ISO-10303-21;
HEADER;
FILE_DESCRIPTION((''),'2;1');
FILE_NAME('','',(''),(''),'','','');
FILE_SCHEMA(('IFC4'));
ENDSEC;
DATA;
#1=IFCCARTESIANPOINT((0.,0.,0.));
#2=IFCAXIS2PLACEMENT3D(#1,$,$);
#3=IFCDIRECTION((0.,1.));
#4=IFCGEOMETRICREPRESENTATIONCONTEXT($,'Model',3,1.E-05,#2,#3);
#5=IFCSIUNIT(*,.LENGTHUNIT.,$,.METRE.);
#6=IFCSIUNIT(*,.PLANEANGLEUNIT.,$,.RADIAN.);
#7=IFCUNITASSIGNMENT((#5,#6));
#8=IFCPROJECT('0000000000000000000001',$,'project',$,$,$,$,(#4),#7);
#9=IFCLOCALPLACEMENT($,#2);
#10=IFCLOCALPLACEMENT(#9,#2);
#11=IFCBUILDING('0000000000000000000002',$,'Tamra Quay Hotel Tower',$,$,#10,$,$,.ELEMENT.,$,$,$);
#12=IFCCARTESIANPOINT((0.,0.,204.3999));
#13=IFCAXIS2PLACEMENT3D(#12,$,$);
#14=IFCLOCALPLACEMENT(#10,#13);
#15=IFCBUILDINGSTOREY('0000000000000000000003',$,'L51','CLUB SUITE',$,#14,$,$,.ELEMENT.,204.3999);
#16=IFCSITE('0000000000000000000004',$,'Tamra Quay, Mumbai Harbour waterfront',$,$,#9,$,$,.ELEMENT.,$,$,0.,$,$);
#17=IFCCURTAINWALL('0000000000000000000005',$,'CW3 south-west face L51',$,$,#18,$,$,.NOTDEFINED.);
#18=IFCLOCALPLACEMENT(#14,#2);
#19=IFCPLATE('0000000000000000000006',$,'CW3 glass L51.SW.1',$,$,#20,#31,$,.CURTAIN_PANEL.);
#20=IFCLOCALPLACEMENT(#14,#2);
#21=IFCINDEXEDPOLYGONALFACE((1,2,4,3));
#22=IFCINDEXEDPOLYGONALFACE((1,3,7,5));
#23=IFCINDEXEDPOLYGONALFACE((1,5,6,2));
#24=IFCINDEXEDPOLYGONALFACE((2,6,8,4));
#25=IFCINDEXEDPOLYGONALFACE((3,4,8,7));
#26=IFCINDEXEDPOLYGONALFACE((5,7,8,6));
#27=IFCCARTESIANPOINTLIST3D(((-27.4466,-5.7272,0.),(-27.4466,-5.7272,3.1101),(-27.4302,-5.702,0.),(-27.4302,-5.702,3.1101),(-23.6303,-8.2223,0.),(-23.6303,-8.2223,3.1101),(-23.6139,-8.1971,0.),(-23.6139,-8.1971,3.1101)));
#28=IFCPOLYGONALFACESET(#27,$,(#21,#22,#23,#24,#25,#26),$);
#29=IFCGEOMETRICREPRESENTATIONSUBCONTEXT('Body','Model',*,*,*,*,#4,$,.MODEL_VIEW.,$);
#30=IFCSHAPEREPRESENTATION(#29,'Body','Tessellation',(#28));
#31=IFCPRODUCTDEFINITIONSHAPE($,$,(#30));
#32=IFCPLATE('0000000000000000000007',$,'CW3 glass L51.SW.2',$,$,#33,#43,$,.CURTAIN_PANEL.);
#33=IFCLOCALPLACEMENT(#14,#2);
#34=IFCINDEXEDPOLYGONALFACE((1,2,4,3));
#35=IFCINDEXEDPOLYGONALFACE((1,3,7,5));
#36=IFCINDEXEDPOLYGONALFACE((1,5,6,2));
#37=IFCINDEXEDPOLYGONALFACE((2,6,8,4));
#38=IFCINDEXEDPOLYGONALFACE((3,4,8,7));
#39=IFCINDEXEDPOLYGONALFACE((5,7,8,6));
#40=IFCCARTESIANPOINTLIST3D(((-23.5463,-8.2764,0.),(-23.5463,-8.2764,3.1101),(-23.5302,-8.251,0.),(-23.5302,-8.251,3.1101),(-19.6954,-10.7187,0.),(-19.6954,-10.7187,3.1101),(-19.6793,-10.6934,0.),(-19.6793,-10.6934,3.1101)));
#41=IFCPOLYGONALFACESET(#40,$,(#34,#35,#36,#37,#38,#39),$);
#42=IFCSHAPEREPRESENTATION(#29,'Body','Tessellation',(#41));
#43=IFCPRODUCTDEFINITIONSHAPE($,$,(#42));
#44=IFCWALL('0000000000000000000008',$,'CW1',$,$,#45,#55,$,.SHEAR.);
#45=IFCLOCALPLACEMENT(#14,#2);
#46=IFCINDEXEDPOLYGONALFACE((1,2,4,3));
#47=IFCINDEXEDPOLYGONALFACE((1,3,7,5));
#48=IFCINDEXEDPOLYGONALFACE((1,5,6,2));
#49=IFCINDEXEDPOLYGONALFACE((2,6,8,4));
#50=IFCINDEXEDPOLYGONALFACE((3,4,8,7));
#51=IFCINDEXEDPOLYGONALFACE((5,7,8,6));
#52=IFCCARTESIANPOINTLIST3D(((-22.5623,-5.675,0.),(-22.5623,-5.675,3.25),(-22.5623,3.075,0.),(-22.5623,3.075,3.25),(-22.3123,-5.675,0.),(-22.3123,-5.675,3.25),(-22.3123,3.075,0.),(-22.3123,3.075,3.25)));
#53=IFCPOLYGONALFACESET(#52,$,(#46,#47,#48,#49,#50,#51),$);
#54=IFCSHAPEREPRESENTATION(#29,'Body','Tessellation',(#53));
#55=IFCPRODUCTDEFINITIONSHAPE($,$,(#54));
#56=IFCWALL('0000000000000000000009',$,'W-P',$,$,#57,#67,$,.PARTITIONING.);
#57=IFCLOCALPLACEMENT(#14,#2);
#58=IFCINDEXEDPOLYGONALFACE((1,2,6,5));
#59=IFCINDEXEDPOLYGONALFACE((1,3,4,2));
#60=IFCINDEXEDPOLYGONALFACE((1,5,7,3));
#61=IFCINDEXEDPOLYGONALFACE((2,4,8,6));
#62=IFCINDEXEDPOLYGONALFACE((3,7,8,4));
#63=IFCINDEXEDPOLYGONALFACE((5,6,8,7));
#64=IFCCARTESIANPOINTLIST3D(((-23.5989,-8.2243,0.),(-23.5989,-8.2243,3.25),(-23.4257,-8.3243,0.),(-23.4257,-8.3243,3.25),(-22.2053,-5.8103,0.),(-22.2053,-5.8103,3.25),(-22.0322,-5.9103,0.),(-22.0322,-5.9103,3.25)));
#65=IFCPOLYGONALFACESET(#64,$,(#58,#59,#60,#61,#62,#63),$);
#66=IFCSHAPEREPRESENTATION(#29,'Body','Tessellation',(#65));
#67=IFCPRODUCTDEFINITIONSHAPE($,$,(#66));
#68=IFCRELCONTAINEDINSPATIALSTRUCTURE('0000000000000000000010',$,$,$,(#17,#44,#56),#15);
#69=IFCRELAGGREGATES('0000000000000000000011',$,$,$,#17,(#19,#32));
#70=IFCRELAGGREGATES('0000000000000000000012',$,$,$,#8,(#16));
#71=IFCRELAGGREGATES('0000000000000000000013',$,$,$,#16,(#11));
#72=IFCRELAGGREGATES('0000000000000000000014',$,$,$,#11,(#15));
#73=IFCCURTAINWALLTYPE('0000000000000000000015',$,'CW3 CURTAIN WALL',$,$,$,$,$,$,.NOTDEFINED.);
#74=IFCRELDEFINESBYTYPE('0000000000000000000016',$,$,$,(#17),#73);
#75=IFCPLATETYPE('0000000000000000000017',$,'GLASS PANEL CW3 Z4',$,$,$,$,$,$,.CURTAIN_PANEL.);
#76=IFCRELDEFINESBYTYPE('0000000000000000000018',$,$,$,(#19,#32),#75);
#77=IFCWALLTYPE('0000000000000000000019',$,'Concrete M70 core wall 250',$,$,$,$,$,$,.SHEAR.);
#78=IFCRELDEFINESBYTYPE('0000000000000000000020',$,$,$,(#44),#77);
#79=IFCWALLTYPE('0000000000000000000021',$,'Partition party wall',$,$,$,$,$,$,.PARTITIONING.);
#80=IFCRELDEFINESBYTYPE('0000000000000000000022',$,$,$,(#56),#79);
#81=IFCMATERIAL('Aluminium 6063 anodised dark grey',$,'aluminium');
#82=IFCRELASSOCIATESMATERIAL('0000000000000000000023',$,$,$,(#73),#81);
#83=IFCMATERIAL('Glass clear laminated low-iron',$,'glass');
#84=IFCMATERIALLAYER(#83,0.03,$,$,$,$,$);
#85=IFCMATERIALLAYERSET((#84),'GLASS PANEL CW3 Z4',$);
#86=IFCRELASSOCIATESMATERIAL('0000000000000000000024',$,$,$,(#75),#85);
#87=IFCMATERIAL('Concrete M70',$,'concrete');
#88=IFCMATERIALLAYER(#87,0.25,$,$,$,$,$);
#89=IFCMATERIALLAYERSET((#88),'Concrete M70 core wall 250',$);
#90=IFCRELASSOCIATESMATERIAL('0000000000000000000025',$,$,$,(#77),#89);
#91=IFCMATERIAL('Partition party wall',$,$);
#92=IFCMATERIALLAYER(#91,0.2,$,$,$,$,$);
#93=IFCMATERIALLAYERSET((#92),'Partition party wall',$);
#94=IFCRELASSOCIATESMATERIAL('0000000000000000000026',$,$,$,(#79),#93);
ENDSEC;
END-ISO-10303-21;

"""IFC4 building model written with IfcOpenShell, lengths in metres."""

from ifc_helpers import new_model, si_unit, direction, frame, frame_2d, origin, origin_2d, place, context, subcontext, project, spatial, rectangle, extrude, material, layer, layer_set, type_object, element, aggregate, save


model = new_model("IFC4")

# Units and contexts
model_context = context("Model", 3, precision=1e-05, world=origin(), true_north=direction((0.0, 1.0)))
body_context = subcontext(model_context, "Body", "Model", "MODEL_VIEW")
ifc_project = project(units=[si_unit("LENGTHUNIT", "METRE"), si_unit("PLANEANGLEUNIT", "RADIAN")], contexts=[model_context])

# Site, building, storey
site_placement = place(None, origin())
site = spatial("IfcSite", under=ifc_project, at=site_placement, Name="Tamra Quay, Mumbai Harbour waterfront", CompositionType="ELEMENT", RefElevation=0.0)
building_placement = place(site_placement, origin())
building = spatial("IfcBuilding", under=site, at=building_placement, Name="Tamra Quay Hotel Tower", CompositionType="ELEMENT")
storey_placement = place(building_placement, frame((0.0, 0.0, 204.3999)))
storey = spatial("IfcBuildingStorey", under=building, at=storey_placement, Name="L51", Description="CLUB SUITE", CompositionType="ELEMENT", Elevation=204.3999)

# Shared definitions
ifc_material_1 = material(Name="Concrete M70", Category="concrete")

# Shared definitions
ifc_material_2 = material(Name="Aluminium 6063 anodised dark grey", Category="aluminium")

# Curtain wall
curtain_wall_type_1 = type_object("IfcCurtainWallType", Name="CW3 CURTAIN WALL", PredefinedType="NOTDEFINED", material=ifc_material_2)
curtain_wall_1_placement = place(storey_placement, origin())
curtain_wall_1 = element("IfcCurtainWall", 1, at=curtain_wall_1_placement, inside=storey, type_object=curtain_wall_type_1, Name="CW3 south-west face L51", PredefinedType="NOTDEFINED")

# Plates
ifc_material_3 = material(Name="Glass clear laminated low-iron", Category="glass")
ifc_layer_1 = layer(ifc_material_3, 0.03)
ifc_layer_set_1 = layer_set([ifc_layer_1], Name="GLASS PANEL CW3 Z4")
plate_type_1 = type_object("IfcPlateType", Name="GLASS PANEL CW3 Z4", PredefinedType="CURTAIN_PANEL", material=ifc_layer_set_1)
plate_1_placement = place(storey_placement, frame((-25.5303, -6.9622, 0.0), z_axis=(0.0, 0.0, 1.0), x_axis=(0.836986, -0.547224, 0.0)))
plate_1 = element("IfcPlate", 2, at=plate_1_placement, type_object=plate_type_1, Name="CW3 glass L51.SW.1", PredefinedType="CURTAIN_PANEL", context=body_context, shape_type="SweptSolid", body=[
    extrude(rectangle(XDim=4.5596, YDim=0.03, at=origin_2d()), origin(), (0.0, 0.0, 1.0), 3.1101),
])
plate_2_placement = place(storey_placement, frame((-21.6128, -9.4849, 0.0), z_axis=(0.0, 0.0, 1.0), x_axis=(0.844476, -0.535594, 0.0)))
plate_2 = element("IfcPlate", 3, at=plate_2_placement, type_object=plate_type_1, Name="CW3 glass L51.SW.2", PredefinedType="CURTAIN_PANEL", context=body_context, shape_type="SweptSolid", body=[
    extrude(rectangle(XDim=4.5601, YDim=0.03, at=origin_2d()), origin(), (0.0, 0.0, 1.0), 3.1101),
])
aggregate(curtain_wall_1, [plate_1, plate_2])

# Walls
ifc_layer_2 = layer(ifc_material_1, 0.25)
ifc_layer_set_2 = layer_set([ifc_layer_2], Name="Concrete M70 core wall 250")
wall_type_1 = type_object("IfcWallType", Name="Concrete M70 core wall 250", PredefinedType="SHEAR", material=ifc_layer_set_2)
wall_1_placement = place(storey_placement, frame((-22.4373, -5.675, 0.0), z_axis=(0.0, 0.0, 1.0), x_axis=(0.0, 1.0, 0.0)))
element("IfcWall", 4, at=wall_1_placement, inside=storey, type_object=wall_type_1, Name="CW1", PredefinedType="SHEAR", context=body_context, shape_type="SweptSolid", body=[
    extrude(rectangle(XDim=8.75, YDim=0.25, at=frame_2d((4.375, 0.0))), origin(), (0.0, 0.0, 1.0), 3.25),
])
ifc_material_4 = material(Name="Partition party wall")
ifc_layer_3 = layer(ifc_material_4, 0.2)
ifc_layer_set_3 = layer_set([ifc_layer_3], Name="Partition party wall")
wall_type_2 = type_object("IfcWallType", Name="Partition party wall", PredefinedType="PARTITIONING", material=ifc_layer_set_3)
wall_2_placement = place(storey_placement, frame((-23.5122, -8.2742, 0.0), z_axis=(0.0, 0.0, 1.0), x_axis=(0.499945, 0.866057, 0.0)))
element("IfcWall", 5, at=wall_2_placement, inside=storey, type_object=wall_type_2, Name="W-P", PredefinedType="PARTITIONING", context=body_context, shape_type="SweptSolid", body=[
    extrude(rectangle(XDim=2.7874, YDim=0.2, at=frame_2d((1.3936, 0.0))), origin(), (0.0, 0.0, 1.0), 3.25),
])

save(model, "model.ifc")
